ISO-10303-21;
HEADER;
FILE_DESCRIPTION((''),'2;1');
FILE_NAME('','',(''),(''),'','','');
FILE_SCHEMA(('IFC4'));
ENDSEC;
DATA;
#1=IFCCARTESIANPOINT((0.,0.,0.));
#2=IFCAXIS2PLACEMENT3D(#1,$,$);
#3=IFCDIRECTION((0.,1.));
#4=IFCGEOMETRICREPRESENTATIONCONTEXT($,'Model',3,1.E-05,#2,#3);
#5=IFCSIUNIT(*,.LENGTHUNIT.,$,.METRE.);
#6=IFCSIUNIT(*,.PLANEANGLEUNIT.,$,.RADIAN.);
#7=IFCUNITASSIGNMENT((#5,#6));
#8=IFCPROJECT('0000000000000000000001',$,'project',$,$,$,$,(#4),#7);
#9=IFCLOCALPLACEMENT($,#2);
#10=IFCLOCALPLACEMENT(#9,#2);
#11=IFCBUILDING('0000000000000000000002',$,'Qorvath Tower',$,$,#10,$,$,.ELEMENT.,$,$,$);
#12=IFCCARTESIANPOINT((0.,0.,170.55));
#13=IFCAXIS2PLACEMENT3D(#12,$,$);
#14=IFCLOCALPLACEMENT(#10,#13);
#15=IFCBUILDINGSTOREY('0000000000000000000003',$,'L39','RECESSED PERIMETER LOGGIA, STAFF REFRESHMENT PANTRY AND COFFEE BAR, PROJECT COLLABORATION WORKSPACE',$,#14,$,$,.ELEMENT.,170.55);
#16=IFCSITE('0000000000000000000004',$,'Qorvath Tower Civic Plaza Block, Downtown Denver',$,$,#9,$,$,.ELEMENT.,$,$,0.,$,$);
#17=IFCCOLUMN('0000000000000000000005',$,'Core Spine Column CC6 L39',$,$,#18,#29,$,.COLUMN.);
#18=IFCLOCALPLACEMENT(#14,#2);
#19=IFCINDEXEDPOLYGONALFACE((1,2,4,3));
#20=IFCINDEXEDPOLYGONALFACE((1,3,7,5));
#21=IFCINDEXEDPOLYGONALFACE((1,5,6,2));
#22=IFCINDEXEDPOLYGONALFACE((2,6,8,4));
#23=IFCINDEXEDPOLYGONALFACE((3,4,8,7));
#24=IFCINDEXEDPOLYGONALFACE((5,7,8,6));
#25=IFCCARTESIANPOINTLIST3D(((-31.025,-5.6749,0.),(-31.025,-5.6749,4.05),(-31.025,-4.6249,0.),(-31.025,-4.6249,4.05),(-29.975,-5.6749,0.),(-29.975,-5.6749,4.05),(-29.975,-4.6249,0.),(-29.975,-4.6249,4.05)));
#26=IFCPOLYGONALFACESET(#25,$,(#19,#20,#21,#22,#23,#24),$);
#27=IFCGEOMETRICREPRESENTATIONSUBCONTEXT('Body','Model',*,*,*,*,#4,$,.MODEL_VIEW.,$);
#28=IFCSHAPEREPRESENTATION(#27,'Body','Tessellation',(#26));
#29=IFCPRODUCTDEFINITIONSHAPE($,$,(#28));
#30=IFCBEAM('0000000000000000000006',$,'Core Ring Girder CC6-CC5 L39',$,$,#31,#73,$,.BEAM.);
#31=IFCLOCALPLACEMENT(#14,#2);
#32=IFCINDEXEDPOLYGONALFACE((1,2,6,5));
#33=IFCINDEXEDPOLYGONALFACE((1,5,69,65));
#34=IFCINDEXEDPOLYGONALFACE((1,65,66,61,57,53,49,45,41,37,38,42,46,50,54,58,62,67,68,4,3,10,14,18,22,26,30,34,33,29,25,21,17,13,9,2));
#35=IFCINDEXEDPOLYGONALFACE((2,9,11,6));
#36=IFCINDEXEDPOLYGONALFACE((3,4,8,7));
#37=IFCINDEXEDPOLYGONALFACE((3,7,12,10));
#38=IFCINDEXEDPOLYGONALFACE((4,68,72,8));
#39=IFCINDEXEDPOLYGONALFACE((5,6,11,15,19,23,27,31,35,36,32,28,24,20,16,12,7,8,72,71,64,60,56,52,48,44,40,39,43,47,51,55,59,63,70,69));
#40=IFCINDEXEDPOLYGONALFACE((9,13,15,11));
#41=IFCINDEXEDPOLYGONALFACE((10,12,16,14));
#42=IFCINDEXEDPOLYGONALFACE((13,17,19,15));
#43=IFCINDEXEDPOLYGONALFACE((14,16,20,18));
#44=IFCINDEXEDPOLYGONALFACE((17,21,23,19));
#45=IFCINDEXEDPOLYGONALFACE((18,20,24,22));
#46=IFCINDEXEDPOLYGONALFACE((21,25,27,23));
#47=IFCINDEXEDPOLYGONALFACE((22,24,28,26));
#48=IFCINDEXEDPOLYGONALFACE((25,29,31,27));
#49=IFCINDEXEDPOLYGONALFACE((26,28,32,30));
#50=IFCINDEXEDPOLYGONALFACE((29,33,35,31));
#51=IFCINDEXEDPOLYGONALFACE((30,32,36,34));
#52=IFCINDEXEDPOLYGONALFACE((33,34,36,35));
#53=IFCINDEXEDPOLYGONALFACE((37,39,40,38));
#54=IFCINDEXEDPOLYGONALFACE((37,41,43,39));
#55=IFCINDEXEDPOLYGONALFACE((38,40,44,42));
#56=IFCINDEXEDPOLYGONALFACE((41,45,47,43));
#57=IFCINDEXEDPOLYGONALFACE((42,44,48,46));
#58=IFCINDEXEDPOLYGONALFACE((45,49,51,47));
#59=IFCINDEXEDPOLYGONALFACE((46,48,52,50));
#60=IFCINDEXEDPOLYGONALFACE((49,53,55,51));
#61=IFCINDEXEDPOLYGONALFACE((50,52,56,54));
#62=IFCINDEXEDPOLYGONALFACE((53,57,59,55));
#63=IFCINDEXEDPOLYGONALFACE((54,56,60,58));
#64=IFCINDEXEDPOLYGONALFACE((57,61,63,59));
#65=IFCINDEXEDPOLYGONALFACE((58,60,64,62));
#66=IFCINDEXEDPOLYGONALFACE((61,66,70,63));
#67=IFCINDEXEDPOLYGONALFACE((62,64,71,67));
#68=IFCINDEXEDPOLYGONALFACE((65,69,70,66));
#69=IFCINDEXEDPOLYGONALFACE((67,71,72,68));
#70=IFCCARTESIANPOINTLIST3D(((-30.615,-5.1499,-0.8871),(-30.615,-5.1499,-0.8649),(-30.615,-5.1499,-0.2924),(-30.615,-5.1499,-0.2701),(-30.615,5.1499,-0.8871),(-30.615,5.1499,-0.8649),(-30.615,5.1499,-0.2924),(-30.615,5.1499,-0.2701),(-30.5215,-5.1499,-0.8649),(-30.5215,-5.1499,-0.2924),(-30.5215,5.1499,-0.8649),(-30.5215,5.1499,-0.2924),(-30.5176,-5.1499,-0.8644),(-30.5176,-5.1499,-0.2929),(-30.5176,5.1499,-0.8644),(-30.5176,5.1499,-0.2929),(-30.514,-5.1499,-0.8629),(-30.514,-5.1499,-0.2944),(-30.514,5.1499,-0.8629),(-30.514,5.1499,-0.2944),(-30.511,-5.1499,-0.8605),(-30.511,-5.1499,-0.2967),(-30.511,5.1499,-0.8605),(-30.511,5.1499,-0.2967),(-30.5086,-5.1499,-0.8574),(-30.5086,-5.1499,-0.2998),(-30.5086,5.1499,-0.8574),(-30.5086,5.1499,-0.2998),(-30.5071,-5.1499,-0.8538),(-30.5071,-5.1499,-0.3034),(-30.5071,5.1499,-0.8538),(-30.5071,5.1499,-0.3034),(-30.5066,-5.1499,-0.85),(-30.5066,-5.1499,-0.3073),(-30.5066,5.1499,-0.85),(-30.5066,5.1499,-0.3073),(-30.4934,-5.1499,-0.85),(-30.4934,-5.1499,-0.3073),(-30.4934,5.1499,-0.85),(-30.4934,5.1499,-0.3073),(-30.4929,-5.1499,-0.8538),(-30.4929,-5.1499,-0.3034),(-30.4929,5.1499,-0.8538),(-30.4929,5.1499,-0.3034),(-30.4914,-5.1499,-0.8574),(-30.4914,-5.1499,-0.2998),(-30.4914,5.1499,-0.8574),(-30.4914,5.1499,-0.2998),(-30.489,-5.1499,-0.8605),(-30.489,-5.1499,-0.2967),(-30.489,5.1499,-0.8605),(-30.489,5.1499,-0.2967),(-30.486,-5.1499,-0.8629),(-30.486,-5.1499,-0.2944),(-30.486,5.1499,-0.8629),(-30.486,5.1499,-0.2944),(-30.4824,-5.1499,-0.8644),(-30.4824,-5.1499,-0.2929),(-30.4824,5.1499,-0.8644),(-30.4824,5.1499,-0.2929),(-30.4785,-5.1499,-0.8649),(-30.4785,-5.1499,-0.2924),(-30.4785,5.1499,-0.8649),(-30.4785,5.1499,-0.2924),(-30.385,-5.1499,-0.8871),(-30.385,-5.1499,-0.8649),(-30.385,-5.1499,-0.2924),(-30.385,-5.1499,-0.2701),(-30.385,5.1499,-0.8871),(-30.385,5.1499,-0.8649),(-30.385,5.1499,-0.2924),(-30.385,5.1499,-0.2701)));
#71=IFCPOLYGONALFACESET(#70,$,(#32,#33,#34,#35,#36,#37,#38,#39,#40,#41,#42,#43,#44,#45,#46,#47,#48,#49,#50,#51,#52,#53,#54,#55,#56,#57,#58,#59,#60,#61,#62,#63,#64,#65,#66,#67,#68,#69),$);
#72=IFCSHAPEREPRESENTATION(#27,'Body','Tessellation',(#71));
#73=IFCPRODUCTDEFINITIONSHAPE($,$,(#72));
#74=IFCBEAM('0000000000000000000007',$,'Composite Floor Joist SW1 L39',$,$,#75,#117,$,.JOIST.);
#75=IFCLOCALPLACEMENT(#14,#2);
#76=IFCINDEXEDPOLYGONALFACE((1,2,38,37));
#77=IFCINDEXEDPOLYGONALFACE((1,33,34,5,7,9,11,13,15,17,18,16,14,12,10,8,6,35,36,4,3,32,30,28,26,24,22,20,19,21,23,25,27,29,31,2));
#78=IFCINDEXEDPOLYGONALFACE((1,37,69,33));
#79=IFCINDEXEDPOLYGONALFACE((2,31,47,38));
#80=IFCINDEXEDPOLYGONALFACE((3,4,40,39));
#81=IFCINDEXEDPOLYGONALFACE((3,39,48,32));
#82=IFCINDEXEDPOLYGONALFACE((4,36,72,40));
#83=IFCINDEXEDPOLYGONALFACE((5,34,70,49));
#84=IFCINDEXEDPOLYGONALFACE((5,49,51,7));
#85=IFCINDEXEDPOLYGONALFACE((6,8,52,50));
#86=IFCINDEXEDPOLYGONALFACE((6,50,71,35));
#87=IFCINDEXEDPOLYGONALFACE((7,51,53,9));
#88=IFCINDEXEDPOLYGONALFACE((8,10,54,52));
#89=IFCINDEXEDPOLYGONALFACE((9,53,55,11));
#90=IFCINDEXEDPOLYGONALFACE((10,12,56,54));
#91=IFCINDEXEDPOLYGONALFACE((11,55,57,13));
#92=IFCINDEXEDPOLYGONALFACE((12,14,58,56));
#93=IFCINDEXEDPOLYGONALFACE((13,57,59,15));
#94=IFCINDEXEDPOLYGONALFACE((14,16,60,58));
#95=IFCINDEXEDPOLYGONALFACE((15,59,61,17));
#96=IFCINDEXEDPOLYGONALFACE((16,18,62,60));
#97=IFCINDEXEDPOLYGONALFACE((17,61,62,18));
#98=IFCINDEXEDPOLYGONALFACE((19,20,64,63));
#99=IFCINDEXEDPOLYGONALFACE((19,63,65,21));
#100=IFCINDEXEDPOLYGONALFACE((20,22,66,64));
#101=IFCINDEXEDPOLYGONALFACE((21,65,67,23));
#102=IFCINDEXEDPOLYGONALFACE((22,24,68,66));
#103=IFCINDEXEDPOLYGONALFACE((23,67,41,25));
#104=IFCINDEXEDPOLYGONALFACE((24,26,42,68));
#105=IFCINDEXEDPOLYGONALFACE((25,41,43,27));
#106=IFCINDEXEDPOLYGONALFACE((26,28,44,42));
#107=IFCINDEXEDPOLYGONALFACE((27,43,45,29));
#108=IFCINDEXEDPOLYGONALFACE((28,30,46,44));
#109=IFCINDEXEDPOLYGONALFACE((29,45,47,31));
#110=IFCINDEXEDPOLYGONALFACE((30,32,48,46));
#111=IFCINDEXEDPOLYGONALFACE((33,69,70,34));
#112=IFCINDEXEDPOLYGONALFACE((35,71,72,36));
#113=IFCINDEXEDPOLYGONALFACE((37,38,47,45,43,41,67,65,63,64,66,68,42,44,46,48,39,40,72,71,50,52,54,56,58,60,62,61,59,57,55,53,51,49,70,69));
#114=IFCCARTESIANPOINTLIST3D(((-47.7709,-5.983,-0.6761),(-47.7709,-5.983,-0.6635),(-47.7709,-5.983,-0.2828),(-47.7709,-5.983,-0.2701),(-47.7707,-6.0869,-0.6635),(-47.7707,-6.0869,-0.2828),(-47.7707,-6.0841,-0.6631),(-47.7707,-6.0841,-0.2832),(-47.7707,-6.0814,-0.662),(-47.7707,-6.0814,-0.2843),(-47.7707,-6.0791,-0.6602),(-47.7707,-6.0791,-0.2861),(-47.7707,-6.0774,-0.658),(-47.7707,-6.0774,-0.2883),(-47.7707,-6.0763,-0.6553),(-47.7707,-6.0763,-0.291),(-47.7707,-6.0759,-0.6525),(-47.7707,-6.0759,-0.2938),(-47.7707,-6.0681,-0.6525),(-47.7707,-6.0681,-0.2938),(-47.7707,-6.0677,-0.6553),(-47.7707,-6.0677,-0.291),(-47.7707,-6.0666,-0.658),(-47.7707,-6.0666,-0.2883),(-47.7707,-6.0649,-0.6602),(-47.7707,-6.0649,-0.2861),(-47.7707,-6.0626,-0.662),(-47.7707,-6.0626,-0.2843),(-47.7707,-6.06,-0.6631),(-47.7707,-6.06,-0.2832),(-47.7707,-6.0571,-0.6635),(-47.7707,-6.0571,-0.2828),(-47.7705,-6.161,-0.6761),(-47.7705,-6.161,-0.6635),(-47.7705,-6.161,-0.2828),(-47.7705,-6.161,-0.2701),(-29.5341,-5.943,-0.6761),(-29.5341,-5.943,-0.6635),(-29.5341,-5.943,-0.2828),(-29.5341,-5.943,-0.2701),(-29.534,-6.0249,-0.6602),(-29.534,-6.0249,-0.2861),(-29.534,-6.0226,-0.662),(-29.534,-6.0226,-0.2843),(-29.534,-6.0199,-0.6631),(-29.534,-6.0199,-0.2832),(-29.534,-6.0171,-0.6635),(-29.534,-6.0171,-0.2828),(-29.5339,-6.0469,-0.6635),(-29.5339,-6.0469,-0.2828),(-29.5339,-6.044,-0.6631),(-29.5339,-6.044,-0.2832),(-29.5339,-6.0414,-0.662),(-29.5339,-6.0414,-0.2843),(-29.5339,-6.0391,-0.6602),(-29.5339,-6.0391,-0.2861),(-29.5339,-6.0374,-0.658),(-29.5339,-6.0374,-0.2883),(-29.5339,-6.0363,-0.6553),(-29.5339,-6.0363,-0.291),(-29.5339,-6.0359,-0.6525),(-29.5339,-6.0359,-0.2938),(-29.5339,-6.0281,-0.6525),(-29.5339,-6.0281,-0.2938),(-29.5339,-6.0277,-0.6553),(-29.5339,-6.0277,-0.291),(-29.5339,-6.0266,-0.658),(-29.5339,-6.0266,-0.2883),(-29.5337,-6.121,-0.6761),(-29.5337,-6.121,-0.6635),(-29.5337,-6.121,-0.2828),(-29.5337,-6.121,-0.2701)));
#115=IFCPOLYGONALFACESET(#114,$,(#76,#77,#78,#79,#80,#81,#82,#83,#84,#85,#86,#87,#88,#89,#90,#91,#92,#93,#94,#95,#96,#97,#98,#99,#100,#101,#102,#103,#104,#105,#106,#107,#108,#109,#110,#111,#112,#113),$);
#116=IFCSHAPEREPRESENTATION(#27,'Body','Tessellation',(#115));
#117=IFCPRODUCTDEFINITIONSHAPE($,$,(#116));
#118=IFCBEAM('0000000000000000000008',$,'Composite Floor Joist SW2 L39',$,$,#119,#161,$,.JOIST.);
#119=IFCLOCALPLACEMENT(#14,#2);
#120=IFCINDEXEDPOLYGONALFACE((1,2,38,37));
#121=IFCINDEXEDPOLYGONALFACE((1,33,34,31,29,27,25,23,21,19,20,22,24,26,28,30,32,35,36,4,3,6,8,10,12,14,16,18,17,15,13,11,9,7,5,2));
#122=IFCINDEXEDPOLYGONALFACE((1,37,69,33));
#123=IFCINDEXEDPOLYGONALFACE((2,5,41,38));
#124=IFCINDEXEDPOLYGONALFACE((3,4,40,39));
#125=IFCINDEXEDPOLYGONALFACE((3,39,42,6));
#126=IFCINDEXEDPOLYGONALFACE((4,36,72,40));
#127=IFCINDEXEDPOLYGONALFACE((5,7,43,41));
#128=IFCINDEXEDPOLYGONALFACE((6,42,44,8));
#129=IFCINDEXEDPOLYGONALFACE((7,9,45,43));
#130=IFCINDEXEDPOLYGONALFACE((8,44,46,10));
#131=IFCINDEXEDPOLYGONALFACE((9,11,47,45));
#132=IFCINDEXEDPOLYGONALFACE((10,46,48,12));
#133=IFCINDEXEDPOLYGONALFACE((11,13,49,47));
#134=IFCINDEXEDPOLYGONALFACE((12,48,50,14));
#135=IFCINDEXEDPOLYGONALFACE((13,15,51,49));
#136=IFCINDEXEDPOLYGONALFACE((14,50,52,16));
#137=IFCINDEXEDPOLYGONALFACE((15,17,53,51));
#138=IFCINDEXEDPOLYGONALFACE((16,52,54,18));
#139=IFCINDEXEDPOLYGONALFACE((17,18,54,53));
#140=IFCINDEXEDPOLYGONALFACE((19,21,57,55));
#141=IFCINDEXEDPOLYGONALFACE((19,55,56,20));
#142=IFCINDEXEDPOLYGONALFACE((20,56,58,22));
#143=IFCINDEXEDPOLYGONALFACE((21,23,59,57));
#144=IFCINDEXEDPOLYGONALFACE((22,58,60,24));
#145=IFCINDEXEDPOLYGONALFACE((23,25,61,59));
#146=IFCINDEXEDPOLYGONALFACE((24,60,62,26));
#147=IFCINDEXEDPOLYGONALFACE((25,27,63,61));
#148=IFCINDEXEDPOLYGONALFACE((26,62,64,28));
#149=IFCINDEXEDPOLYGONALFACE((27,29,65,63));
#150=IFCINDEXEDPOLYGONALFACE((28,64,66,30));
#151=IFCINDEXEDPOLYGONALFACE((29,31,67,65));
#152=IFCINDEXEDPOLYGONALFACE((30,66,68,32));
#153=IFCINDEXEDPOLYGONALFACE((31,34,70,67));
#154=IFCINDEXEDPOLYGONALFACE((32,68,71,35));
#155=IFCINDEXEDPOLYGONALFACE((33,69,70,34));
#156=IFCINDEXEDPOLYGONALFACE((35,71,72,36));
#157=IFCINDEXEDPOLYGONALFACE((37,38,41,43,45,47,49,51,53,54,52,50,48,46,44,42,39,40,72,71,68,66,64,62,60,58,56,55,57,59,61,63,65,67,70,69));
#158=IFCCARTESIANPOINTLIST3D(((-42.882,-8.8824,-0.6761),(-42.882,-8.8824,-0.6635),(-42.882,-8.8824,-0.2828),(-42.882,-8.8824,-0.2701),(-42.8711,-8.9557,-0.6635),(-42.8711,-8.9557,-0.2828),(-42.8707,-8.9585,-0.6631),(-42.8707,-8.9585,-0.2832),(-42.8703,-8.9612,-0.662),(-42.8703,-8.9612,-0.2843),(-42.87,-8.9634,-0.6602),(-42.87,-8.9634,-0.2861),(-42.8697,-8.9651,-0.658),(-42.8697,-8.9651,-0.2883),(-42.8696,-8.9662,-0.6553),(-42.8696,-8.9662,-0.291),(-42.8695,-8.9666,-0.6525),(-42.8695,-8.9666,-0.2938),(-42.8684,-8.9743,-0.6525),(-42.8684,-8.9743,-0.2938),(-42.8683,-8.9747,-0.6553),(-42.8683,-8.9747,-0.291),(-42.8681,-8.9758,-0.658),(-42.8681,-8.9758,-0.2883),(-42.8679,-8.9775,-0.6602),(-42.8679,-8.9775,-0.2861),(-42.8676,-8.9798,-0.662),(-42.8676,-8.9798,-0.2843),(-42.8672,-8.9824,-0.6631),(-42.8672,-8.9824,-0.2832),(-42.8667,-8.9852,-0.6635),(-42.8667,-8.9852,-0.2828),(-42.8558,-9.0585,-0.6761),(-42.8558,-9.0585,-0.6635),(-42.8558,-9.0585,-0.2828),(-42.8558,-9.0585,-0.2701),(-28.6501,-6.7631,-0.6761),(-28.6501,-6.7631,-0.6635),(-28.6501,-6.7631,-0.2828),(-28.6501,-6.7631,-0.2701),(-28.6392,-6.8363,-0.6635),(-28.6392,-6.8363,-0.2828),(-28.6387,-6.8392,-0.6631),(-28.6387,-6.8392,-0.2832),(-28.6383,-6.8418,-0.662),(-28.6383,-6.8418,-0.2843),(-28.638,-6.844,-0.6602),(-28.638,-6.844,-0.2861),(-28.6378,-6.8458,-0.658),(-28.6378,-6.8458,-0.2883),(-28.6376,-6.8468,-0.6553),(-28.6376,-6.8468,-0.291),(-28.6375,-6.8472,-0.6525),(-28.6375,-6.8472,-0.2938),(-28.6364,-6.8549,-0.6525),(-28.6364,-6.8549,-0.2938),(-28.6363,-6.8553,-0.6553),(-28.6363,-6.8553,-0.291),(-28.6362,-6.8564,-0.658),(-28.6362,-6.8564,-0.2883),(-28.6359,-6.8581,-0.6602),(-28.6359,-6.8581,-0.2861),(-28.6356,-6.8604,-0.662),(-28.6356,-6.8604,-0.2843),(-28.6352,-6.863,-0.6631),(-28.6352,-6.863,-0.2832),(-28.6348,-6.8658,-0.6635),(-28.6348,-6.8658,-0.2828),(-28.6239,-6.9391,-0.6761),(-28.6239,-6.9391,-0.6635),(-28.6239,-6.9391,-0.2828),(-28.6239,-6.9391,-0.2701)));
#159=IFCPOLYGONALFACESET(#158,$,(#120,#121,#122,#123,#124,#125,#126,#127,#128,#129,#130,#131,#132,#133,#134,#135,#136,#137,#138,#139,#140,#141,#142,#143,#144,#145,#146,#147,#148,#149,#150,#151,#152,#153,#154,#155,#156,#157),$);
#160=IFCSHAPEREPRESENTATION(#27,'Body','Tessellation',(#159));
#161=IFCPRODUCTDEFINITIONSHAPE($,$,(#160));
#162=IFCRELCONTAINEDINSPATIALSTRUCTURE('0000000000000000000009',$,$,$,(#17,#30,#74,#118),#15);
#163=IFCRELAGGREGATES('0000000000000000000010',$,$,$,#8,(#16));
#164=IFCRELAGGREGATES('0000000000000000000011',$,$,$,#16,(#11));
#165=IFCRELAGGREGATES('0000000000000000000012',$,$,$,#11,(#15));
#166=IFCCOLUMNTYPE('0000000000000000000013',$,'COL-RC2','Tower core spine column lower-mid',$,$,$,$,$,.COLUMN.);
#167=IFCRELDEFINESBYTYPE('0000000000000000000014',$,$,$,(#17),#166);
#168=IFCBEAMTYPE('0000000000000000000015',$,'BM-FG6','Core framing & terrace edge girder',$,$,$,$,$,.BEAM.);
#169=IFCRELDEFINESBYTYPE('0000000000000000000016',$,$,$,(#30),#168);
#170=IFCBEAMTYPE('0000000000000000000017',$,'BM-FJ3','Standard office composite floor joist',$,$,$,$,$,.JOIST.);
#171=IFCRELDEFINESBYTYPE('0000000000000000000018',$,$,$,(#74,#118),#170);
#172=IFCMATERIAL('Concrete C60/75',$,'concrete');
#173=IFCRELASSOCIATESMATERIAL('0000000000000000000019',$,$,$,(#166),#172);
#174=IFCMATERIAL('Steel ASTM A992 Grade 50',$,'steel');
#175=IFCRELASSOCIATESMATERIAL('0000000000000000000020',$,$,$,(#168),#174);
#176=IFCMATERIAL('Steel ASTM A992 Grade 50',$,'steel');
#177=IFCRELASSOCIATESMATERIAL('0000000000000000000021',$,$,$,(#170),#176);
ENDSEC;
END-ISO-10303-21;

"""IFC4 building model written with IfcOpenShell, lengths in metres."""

from ifc_helpers import new_model, si_unit, direction, frame, origin, origin_2d, place, context, subcontext, project, spatial, rectangle, i_section, extrude, material, material_profile, profile_set, type_object, element, save


model = new_model("IFC4")

# Units and contexts
model_context = context("Model", 3, precision=1e-05, world=origin(), true_north=direction((0.0, 1.0)))
body_context = subcontext(model_context, "Body", "Model", "MODEL_VIEW")
ifc_project = project(units=[si_unit("LENGTHUNIT", "METRE"), si_unit("PLANEANGLEUNIT", "RADIAN")], contexts=[model_context])

# Site, building, storey
site_placement = place(None, origin())
site = spatial("IfcSite", under=ifc_project, at=site_placement, Name="Qorvath Tower Civic Plaza Block, Downtown Denver", CompositionType="ELEMENT", RefElevation=0.0)
building_placement = place(site_placement, origin())
building = spatial("IfcBuilding", under=site, at=building_placement, Name="Qorvath Tower", CompositionType="ELEMENT")
storey_placement = place(building_placement, frame((0.0, 0.0, 170.55)))
storey = spatial("IfcBuildingStorey", under=building, at=storey_placement, Name="L39", Description="RECESSED PERIMETER LOGGIA, STAFF REFRESHMENT PANTRY AND COFFEE BAR, PROJECT COLLABORATION WORKSPACE", CompositionType="ELEMENT", Elevation=170.55)

# Column
ifc_material_1 = material(Name="Concrete C60/75", Category="concrete")
ifc_material_profile_1 = material_profile(ifc_material_1, rectangle(XDim=1.05, YDim=1.05, at=origin_2d()), Name="RC 1050x1050")
ifc_profile_set_1 = profile_set([ifc_material_profile_1], Name="Concrete C60/75")
column_type = type_object("IfcColumnType", Name="COL-RC2", Description="Tower core spine column lower-mid", PredefinedType="COLUMN", material=ifc_profile_set_1)
column_placement = place(storey_placement, frame((-30.5, -5.1499, 0.0), z_axis=(0.0, 0.0, 1.0), x_axis=(1.0, 0.0, 0.0)))
element("IfcColumn", 1, at=column_placement, inside=storey, type_object=column_type, Name="Core Spine Column CC6 L39", PredefinedType="COLUMN", context=body_context, shape_type="SweptSolid", body=[
    extrude(rectangle(XDim=1.05, YDim=1.05, at=origin_2d()), origin(), (0.0, 0.0, 1.0), 4.05),
])

# Beams
ifc_material_2 = material(Name="Steel ASTM A992 Grade 50", Category="steel")
ifc_material_profile_2 = material_profile(ifc_material_2, i_section(OverallWidth=0.23, OverallDepth=0.6169, WebThickness=0.0132, FlangeThickness=0.0222, FilletRadius=0.0149, at=origin_2d()), Name="W24x94")
ifc_profile_set_2 = profile_set([ifc_material_profile_2], Name="Steel ASTM A992 Grade 50")
beam_type_1 = type_object("IfcBeamType", Name="BM-FG6", Description="Core framing & terrace edge girder", PredefinedType="BEAM", material=ifc_profile_set_2)
beam_1_placement = place(storey_placement, frame((-30.5, -5.1499, -0.5786), z_axis=(0.0, 1.0, 0.0), x_axis=(-1.0, 0.0, 0.0)))
element("IfcBeam", 2, at=beam_1_placement, inside=storey, type_object=beam_type_1, Name="Core Ring Girder CC6-CC5 L39", PredefinedType="BEAM", context=body_context, shape_type="SweptSolid", body=[
    extrude(i_section(OverallWidth=0.23, OverallDepth=0.6169, WebThickness=0.0132, FlangeThickness=0.0222, FilletRadius=0.0149, at=origin_2d()), origin(), (0.0, 0.0, 1.0), 10.2998),
])
ifc_material_3 = material(Name="Steel ASTM A992 Grade 50", Category="steel")
ifc_material_profile_3 = material_profile(ifc_material_3, i_section(OverallWidth=0.178, OverallDepth=0.406, WebThickness=0.0078, FlangeThickness=0.0127, FilletRadius=0.011, at=origin_2d()), Name="W16x40")
ifc_profile_set_3 = profile_set([ifc_material_profile_3], Name="Steel ASTM A992 Grade 50")
beam_type_2 = type_object("IfcBeamType", Name="BM-FJ3", Description="Standard office composite floor joist", PredefinedType="JOIST", material=ifc_profile_set_3)
beam_2_placement = place(storey_placement, frame((-29.5339, -6.032, -0.4731), z_axis=(-0.999998, -0.002196, 0.0), x_axis=(0.002196, -0.999998, 0.0)))
element("IfcBeam", 3, at=beam_2_placement, inside=storey, type_object=beam_type_2, Name="Composite Floor Joist SW1 L39", PredefinedType="JOIST", context=body_context, shape_type="SweptSolid", body=[
    extrude(i_section(OverallWidth=0.178, OverallDepth=0.406, WebThickness=0.0078, FlangeThickness=0.0127, FilletRadius=0.011, at=origin_2d()), origin(), (0.0, 0.0, 1.0), 18.2368),
])
beam_3_placement = place(storey_placement, frame((-28.637, -6.8511, -0.4731), z_axis=(-0.989093, -0.147293, 0.0), x_axis=(0.147293, -0.989093, 0.0)))
element("IfcBeam", 4, at=beam_3_placement, inside=storey, type_object=beam_type_2, Name="Composite Floor Joist SW2 L39", PredefinedType="JOIST", context=body_context, shape_type="SweptSolid", body=[
    extrude(i_section(OverallWidth=0.178, OverallDepth=0.406, WebThickness=0.0078, FlangeThickness=0.0127, FilletRadius=0.011, at=origin_2d()), origin(), (0.0, 0.0, 1.0), 14.3889),
])

save(model, "model.ifc")
